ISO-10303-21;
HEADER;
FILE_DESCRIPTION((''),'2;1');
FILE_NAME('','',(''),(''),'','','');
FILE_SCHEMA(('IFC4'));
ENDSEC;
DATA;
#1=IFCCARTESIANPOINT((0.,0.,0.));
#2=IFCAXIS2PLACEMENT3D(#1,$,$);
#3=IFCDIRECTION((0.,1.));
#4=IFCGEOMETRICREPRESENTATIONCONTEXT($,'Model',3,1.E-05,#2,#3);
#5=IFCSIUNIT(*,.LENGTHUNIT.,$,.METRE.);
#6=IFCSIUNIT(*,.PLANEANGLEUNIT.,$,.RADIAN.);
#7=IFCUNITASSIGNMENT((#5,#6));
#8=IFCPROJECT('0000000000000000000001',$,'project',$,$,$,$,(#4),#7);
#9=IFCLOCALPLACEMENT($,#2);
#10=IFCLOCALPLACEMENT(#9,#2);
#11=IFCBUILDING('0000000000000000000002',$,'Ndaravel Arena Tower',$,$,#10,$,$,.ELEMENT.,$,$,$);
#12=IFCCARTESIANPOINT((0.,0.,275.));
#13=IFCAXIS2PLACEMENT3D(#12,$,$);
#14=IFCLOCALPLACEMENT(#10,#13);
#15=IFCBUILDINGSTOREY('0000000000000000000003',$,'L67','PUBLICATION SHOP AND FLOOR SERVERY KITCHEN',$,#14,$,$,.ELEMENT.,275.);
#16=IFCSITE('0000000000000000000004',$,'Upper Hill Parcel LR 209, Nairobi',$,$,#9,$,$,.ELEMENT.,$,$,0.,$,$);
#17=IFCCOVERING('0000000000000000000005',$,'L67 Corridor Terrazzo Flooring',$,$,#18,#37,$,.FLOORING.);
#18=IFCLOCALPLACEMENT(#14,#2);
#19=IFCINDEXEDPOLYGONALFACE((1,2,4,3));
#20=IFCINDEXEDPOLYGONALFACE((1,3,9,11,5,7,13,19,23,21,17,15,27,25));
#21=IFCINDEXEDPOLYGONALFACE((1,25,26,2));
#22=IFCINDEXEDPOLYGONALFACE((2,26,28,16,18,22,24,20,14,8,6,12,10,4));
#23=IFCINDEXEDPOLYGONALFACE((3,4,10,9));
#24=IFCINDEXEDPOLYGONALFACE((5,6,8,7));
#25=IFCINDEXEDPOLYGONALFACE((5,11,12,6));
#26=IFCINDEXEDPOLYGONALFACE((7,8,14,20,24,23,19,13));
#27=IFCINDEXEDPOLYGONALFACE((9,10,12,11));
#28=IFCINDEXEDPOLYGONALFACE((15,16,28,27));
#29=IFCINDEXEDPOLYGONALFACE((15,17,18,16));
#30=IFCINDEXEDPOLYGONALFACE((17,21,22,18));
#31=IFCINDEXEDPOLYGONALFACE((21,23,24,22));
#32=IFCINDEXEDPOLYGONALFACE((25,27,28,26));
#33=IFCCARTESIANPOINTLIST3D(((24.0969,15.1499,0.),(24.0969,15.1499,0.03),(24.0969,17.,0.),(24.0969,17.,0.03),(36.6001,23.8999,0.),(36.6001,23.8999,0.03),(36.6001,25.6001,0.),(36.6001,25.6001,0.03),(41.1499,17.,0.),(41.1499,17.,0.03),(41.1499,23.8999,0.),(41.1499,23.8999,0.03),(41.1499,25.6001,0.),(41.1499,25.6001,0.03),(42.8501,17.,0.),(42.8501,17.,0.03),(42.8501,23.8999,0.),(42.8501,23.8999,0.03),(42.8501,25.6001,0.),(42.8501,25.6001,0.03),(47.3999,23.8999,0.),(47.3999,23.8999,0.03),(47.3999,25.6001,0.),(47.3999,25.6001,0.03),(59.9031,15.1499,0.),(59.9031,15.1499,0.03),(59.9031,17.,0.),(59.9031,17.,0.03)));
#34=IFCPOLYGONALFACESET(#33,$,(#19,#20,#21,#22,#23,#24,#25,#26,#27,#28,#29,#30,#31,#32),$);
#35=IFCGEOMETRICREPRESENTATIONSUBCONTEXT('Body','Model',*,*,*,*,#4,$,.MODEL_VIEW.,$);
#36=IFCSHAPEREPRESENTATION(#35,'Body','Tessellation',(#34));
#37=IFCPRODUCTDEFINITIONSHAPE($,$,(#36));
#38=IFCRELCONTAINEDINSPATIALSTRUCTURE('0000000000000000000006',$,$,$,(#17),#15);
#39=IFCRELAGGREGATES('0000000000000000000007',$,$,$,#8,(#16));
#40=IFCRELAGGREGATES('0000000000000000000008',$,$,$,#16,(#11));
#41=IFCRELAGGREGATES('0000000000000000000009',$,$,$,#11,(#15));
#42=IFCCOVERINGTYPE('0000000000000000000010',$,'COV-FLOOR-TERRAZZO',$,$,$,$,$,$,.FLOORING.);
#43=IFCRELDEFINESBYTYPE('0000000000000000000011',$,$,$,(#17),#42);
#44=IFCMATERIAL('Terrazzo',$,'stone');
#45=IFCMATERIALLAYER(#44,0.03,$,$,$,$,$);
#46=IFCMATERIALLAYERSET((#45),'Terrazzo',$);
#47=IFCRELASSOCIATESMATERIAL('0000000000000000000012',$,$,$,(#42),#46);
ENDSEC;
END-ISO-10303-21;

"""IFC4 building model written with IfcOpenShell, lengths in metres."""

from ifc_helpers import new_model, si_unit, direction, frame, origin, place, context, subcontext, project, spatial, polyline, outline, extrude, material, layer, layer_set, type_object, element, save


model = new_model("IFC4")

# Units and contexts
model_context = context("Model", 3, precision=1e-05, world=origin(), true_north=direction((0.0, 1.0)))
body_context = subcontext(model_context, "Body", "Model", "MODEL_VIEW")
ifc_project = project(units=[si_unit("LENGTHUNIT", "METRE"), si_unit("PLANEANGLEUNIT", "RADIAN")], contexts=[model_context])

# Site, building, storey
site_placement = place(None, origin())
site = spatial("IfcSite", under=ifc_project, at=site_placement, Name="Upper Hill Parcel LR 209, Nairobi", CompositionType="ELEMENT", RefElevation=0.0)
building_placement = place(site_placement, origin())
building = spatial("IfcBuilding", under=site, at=building_placement, Name="Ndaravel Arena Tower", CompositionType="ELEMENT")
storey_placement = place(building_placement, frame((0.0, 0.0, 275.0)))
storey = spatial("IfcBuildingStorey", under=building, at=storey_placement, Name="L67", Description="PUBLICATION SHOP AND FLOOR SERVERY KITCHEN", CompositionType="ELEMENT", Elevation=275.0)

# Covering
ifc_material_1 = material(Name="Terrazzo", Category="stone")
ifc_layer_1 = layer(ifc_material_1, 0.03)
ifc_layer_set_1 = layer_set([ifc_layer_1], Name="Terrazzo")
covering_type_1 = type_object("IfcCoveringType", Name="COV-FLOOR-TERRAZZO", PredefinedType="FLOORING", material=ifc_layer_set_1)
covering_1_placement = place(storey_placement, origin())
element("IfcCovering", 1, at=covering_1_placement, inside=storey, type_object=covering_type_1, Name="L67 Corridor Terrazzo Flooring", PredefinedType="FLOORING", context=body_context, shape_type="SweptSolid", body=[
    extrude(outline(polyline([(59.9031, 17.0), (42.8501, 17.0), (42.8501, 23.8999), (47.3999, 23.8999), (47.3999, 25.6001), (42.8501, 25.6001), (41.1499, 25.6001), (36.6001, 25.6001), (36.6001, 23.8999), (41.1499, 23.8999), (41.1499, 17.0), (24.0969, 17.0), (24.0969, 15.1499), (59.9031, 15.1499), (59.9031, 17.0)])), origin(), (0.0, 0.0, 1.0), 0.03),
])

save(model, "model.ifc")
